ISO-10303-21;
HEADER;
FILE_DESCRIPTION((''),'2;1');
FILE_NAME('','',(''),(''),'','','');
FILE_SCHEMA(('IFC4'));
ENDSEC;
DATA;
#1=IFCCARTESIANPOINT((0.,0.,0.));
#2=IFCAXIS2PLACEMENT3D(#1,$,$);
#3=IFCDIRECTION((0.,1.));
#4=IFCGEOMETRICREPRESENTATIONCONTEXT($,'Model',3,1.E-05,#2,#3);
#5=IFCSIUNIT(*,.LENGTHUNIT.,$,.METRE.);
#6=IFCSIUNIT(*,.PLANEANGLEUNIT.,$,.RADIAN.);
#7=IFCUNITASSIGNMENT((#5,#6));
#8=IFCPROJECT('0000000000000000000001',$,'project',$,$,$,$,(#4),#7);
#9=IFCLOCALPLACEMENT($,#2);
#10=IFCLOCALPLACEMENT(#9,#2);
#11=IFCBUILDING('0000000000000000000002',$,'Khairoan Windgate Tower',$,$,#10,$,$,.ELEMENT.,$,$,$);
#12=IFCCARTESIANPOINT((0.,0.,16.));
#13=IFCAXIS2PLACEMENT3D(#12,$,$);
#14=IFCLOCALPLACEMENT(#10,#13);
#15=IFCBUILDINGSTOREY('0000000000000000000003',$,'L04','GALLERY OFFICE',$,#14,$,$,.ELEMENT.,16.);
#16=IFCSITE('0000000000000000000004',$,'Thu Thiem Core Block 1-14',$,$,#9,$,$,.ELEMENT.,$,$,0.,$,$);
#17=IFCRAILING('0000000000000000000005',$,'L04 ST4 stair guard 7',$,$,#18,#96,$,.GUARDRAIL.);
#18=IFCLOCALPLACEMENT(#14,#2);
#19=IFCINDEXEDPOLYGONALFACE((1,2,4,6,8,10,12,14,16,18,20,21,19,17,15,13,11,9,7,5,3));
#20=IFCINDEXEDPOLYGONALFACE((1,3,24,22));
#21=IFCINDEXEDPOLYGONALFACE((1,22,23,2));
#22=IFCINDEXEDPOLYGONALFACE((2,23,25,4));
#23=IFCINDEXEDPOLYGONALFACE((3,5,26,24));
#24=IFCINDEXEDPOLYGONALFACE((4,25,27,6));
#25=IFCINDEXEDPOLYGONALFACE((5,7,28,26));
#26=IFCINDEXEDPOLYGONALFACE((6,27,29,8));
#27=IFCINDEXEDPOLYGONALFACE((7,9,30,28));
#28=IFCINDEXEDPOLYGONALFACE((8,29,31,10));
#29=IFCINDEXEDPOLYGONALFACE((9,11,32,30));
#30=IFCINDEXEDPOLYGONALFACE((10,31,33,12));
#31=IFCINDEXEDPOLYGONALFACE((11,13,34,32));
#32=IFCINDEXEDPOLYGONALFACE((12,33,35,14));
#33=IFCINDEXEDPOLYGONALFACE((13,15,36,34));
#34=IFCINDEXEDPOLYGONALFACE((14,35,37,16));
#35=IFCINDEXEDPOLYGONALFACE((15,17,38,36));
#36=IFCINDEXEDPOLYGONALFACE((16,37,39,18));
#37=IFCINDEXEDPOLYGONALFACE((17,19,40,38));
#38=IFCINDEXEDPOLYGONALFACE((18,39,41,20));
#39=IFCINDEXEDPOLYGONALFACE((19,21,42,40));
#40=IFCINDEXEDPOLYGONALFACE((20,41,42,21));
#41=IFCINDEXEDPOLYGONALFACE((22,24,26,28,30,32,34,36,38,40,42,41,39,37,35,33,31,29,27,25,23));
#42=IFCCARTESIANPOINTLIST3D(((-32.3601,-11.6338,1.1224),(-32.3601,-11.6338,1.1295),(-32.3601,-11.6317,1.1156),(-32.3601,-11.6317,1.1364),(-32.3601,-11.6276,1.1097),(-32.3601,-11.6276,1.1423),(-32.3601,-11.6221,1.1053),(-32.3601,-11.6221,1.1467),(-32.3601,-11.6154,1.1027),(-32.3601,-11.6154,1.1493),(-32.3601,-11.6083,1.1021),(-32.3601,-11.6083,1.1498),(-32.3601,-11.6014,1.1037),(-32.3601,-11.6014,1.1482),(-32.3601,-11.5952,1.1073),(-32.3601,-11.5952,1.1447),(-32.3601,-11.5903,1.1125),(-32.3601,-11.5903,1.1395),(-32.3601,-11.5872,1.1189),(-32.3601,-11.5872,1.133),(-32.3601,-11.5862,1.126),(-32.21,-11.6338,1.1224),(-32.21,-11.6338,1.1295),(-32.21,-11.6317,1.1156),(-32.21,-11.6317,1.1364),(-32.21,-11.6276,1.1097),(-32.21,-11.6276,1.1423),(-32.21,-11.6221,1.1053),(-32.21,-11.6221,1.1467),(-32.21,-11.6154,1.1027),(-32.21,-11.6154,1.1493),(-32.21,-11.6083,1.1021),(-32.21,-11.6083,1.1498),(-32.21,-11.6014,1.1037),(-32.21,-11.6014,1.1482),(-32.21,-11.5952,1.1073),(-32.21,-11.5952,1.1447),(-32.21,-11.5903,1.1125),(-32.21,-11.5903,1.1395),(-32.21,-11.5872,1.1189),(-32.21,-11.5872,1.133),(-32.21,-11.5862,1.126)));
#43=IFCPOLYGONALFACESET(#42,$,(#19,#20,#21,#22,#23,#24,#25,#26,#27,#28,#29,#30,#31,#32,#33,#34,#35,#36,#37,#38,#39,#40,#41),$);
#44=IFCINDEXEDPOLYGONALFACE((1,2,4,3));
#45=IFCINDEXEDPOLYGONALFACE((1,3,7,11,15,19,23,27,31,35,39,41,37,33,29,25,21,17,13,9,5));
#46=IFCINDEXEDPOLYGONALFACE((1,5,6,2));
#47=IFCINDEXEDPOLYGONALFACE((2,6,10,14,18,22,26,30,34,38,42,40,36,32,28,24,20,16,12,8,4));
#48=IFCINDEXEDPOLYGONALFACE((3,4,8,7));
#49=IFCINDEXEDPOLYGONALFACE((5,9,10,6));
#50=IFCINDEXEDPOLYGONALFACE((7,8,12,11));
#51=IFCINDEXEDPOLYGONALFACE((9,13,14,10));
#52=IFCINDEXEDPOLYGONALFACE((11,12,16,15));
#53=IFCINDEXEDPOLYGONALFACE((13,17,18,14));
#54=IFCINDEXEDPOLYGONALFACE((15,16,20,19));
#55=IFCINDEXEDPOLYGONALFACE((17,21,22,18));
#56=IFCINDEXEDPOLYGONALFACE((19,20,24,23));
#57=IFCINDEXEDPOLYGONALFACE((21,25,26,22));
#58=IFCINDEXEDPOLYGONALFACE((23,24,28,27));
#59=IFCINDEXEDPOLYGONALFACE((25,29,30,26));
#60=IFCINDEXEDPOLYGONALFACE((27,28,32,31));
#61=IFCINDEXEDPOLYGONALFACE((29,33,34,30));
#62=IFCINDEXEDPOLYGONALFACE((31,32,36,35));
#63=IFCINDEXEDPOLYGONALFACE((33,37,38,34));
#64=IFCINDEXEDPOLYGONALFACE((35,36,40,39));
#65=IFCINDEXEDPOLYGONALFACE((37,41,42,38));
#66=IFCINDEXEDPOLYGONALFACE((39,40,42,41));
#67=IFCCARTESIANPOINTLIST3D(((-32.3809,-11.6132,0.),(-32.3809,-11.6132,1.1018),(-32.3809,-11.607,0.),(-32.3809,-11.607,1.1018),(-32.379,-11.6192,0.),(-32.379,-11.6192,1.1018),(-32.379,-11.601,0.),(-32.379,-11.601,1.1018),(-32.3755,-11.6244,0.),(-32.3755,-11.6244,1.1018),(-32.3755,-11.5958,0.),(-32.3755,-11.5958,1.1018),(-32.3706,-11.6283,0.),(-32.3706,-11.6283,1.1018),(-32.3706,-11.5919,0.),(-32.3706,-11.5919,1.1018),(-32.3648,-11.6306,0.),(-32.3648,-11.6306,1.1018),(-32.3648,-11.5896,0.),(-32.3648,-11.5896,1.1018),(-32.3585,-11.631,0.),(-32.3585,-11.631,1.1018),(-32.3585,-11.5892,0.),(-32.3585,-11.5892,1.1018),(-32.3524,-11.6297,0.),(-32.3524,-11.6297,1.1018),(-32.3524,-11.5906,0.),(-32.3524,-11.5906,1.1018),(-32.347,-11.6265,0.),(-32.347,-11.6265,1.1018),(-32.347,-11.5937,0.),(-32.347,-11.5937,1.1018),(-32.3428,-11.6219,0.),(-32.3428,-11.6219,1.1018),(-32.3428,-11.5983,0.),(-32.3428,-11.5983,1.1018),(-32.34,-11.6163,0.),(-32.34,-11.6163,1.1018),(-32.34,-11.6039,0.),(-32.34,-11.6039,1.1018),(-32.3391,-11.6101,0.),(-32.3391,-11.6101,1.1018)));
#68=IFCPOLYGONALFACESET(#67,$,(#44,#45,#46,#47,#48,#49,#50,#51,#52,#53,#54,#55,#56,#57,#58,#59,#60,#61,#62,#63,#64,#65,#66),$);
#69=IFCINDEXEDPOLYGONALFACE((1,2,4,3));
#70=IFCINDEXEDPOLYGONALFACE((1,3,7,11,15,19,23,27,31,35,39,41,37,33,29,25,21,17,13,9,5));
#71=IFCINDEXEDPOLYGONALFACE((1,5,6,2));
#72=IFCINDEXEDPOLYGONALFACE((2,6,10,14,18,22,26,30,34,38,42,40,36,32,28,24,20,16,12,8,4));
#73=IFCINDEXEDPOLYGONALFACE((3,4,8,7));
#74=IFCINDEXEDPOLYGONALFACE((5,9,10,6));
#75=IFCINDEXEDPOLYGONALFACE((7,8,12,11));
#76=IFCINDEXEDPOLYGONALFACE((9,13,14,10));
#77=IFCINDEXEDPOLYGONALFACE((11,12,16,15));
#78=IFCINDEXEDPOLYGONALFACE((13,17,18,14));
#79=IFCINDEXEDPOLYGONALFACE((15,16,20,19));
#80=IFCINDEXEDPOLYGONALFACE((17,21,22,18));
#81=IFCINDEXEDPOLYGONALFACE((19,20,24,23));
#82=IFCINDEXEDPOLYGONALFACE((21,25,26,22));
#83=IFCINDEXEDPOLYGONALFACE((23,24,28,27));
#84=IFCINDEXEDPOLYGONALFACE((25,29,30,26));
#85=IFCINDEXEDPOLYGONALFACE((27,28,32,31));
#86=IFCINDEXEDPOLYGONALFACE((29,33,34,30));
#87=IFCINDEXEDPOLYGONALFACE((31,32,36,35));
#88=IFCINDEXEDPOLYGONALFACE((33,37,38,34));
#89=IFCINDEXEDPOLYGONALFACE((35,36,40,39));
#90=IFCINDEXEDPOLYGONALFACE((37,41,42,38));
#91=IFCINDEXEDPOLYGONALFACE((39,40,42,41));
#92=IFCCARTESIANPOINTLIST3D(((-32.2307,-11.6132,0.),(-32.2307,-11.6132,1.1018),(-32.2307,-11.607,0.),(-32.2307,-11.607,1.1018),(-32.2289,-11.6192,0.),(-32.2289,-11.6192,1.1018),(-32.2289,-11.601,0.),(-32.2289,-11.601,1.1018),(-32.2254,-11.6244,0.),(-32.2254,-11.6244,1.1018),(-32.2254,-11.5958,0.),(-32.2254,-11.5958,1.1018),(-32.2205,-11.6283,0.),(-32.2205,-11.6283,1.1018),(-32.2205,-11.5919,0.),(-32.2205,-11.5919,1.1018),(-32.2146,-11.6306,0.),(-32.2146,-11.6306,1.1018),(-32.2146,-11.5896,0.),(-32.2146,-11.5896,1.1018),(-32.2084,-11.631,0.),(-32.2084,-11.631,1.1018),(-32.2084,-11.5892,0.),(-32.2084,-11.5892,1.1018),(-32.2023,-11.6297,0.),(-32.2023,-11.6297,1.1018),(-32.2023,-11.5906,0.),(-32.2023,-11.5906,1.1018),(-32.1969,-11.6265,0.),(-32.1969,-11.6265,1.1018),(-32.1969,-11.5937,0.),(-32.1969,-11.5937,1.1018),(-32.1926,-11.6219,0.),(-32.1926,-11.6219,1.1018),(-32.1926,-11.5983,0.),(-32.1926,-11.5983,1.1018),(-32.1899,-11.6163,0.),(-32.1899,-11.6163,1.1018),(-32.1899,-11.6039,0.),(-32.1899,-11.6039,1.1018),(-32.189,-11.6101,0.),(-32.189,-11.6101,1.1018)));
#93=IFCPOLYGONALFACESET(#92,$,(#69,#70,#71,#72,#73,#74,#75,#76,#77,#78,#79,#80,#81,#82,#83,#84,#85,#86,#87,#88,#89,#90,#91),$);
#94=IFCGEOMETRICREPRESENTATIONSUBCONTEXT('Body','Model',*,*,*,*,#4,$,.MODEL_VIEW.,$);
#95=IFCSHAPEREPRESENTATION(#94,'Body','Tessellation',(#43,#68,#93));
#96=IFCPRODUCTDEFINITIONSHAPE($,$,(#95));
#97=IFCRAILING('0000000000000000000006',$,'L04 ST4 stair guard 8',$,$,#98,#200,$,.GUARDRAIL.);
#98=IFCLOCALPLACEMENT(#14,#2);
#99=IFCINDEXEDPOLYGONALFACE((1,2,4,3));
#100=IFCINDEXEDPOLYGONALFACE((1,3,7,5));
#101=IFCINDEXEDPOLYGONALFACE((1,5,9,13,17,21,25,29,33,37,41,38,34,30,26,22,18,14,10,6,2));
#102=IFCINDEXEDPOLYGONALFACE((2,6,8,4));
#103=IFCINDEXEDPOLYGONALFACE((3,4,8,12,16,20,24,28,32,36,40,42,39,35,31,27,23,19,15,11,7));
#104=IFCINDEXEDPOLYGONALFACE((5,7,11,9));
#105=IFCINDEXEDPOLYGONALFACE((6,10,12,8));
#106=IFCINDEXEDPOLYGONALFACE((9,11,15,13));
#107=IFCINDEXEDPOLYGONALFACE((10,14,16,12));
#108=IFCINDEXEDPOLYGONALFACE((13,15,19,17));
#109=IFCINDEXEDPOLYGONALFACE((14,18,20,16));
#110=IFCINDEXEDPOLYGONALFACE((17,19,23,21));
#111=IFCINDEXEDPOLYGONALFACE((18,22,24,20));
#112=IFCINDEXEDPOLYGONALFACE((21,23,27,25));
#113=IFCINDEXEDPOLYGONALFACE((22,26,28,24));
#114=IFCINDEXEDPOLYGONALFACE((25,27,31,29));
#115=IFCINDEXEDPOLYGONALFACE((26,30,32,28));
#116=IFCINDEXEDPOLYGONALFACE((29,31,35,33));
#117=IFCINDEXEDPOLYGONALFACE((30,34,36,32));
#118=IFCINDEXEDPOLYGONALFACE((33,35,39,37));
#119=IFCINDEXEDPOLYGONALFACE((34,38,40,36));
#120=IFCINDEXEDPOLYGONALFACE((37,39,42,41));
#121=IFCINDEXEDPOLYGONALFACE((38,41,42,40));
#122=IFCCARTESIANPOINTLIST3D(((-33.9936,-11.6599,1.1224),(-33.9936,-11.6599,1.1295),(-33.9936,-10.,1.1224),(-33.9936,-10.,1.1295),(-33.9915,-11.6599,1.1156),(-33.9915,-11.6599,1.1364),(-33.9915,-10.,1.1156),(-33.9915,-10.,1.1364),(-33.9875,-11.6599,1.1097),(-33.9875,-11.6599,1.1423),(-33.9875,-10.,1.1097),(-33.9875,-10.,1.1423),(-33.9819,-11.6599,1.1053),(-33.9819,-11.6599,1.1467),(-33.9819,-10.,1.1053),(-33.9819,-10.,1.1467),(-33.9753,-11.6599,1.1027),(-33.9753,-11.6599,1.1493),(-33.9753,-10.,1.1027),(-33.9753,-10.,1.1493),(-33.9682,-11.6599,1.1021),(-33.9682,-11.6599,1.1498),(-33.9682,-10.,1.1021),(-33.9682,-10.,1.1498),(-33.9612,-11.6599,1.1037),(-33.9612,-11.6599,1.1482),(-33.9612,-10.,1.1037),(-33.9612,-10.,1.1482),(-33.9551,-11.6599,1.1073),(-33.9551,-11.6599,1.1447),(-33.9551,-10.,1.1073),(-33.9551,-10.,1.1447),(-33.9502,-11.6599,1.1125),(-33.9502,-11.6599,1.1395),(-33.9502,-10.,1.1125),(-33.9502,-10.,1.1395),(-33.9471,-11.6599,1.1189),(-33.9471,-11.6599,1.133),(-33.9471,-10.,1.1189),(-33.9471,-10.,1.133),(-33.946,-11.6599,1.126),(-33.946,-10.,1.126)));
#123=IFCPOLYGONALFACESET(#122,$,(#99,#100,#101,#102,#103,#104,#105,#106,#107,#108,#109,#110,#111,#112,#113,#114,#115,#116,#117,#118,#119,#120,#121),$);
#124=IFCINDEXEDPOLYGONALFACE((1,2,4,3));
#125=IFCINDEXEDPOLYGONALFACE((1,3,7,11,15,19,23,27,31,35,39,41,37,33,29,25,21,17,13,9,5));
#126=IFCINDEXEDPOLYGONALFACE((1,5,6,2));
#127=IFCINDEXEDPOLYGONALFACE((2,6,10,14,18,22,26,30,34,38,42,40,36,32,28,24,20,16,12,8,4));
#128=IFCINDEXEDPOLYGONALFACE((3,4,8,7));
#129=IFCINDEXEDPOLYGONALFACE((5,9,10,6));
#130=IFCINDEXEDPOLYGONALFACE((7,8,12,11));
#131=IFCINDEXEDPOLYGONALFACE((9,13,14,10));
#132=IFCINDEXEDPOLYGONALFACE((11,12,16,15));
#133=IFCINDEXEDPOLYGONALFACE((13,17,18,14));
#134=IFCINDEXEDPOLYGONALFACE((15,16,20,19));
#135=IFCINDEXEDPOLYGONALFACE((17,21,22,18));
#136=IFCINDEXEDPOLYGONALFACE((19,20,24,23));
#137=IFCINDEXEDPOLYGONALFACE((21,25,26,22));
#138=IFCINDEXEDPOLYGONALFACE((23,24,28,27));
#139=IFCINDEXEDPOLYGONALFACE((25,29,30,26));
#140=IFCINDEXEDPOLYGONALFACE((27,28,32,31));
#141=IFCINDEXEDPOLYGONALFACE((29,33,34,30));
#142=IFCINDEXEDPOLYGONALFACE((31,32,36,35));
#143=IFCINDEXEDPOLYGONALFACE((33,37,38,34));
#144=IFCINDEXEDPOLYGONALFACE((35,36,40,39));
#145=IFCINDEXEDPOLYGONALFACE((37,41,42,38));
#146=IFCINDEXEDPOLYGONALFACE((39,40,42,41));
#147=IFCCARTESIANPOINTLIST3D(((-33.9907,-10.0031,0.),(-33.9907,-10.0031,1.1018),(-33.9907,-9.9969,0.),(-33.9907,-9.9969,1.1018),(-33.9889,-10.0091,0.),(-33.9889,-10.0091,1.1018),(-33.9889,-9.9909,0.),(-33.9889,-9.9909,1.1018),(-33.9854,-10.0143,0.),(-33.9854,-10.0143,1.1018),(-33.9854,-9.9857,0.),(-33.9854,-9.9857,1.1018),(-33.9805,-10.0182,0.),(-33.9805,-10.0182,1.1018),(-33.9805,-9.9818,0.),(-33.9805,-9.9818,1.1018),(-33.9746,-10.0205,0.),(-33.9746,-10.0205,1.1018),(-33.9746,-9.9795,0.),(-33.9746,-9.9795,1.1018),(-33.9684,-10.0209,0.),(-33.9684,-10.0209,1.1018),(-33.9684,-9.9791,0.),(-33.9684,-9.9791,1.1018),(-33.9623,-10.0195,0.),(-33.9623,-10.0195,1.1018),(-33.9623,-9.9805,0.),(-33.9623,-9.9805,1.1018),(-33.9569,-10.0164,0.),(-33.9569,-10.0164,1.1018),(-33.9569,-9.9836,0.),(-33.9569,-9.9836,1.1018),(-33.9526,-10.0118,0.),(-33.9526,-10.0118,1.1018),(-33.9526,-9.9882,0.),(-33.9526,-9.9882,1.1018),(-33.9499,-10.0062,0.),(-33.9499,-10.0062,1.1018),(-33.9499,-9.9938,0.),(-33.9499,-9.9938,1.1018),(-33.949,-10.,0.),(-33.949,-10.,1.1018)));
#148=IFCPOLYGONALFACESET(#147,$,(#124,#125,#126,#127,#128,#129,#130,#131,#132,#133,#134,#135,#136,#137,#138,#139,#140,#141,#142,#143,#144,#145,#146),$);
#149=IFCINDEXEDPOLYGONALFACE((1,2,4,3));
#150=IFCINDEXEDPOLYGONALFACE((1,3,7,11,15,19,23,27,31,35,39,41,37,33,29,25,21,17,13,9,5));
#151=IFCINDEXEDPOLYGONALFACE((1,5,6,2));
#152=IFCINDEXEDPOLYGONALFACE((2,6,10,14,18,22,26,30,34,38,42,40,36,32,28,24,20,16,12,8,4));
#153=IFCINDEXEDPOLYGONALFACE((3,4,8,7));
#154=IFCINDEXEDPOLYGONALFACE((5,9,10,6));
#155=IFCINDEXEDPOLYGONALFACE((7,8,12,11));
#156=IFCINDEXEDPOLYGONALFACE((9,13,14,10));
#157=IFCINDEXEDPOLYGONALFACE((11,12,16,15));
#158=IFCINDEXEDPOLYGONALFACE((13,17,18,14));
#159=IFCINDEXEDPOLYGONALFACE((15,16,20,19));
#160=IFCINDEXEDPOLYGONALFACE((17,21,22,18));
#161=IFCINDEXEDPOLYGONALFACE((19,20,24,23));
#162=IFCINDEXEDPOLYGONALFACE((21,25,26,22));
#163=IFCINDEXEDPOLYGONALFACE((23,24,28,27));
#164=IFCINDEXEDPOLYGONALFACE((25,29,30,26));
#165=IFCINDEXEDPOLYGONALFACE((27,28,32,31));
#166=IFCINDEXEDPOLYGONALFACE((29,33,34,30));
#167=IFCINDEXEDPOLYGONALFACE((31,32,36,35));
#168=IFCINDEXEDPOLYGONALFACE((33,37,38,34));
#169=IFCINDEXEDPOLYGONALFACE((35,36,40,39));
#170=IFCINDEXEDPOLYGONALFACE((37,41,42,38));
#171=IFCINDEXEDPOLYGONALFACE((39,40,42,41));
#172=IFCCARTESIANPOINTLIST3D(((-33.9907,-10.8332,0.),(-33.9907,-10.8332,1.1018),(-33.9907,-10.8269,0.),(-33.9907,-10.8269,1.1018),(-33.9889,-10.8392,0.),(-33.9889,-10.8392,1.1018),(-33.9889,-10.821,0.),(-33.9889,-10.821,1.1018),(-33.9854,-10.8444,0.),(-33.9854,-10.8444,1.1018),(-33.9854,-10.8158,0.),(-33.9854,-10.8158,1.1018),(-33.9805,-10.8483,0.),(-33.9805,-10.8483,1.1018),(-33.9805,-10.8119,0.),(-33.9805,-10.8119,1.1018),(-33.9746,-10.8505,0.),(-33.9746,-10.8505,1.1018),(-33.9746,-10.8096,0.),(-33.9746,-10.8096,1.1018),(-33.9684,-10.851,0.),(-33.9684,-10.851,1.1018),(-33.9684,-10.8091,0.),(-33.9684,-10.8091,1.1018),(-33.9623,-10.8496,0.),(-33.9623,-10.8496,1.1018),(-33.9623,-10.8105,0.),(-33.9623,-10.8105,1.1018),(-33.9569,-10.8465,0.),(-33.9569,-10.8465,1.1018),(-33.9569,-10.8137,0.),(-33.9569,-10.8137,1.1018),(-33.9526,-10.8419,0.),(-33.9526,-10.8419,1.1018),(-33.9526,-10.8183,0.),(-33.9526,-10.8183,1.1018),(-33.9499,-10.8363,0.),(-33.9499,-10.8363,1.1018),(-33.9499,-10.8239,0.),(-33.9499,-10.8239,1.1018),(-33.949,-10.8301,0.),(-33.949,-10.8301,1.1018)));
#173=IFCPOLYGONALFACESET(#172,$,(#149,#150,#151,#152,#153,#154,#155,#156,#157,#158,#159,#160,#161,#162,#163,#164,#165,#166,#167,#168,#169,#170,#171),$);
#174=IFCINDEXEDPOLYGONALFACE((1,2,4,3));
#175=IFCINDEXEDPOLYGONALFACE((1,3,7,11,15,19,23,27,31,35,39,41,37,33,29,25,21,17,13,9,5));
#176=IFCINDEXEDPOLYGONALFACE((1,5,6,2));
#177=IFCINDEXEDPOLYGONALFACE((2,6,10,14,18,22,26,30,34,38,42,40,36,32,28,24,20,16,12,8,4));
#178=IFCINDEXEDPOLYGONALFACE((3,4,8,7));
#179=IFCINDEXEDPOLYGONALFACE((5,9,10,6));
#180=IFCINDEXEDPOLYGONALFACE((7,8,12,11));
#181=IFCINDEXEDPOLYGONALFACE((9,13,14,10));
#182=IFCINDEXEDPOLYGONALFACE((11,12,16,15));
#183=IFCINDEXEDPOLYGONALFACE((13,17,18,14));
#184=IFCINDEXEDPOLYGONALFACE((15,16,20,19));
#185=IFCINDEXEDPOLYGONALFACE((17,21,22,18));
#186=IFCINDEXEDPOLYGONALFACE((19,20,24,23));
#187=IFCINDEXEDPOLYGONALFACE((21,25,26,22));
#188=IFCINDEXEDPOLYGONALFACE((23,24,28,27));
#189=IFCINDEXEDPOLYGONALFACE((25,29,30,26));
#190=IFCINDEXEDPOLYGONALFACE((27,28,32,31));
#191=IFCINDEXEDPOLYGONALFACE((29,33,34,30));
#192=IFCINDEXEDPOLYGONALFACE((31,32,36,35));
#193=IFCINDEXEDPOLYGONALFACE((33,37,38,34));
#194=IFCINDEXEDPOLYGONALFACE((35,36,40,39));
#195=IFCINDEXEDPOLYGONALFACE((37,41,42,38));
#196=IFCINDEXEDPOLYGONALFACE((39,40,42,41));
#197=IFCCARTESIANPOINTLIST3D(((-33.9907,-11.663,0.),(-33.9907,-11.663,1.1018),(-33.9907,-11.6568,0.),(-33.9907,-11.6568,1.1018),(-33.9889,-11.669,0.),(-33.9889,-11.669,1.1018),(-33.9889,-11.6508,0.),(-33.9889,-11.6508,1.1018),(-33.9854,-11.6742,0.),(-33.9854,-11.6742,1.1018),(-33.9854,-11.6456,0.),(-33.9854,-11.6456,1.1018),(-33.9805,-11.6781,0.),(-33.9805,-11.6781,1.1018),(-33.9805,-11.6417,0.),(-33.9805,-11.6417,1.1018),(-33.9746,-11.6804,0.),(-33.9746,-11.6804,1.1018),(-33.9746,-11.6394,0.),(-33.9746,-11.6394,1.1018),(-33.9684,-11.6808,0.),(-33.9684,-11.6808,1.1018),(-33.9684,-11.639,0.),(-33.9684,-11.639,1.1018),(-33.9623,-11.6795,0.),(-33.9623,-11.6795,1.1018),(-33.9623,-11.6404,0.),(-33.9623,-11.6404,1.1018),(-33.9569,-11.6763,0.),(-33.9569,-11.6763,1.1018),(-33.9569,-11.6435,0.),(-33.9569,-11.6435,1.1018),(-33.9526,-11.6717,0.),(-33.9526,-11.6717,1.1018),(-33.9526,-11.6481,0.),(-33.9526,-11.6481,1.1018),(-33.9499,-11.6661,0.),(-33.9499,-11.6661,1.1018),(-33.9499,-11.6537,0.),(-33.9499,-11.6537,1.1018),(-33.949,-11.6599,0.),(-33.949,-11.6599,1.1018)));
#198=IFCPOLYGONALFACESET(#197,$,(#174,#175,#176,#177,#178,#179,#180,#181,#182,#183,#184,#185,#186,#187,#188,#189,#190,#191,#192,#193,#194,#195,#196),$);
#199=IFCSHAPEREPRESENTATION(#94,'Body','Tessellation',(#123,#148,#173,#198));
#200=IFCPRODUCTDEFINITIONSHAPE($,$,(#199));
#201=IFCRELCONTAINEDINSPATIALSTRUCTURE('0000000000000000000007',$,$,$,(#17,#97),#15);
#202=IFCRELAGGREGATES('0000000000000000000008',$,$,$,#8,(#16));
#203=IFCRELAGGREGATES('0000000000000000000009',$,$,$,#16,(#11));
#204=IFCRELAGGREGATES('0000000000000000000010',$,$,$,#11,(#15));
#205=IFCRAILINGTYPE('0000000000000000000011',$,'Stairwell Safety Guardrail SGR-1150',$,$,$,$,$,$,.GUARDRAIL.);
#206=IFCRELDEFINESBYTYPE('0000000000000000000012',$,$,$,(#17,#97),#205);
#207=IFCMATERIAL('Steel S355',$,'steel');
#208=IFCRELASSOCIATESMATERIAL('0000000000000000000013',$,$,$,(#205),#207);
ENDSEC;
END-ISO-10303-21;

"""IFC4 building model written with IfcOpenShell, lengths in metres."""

from ifc_helpers import new_model, si_unit, direction, frame, origin, origin_2d, place, context, subcontext, project, spatial, circle, extrude, material, type_object, element, save


model = new_model("IFC4")

# Units and contexts
model_context = context("Model", 3, precision=1e-05, world=origin(), true_north=direction((0.0, 1.0)))
body_context = subcontext(model_context, "Body", "Model", "MODEL_VIEW")
ifc_project = project(units=[si_unit("LENGTHUNIT", "METRE"), si_unit("PLANEANGLEUNIT", "RADIAN")], contexts=[model_context])

# Site, building, storey
site_placement = place(None, origin())
site = spatial("IfcSite", under=ifc_project, at=site_placement, Name="Thu Thiem Core Block 1-14", CompositionType="ELEMENT", RefElevation=0.0)
building_placement = place(site_placement, origin())
building = spatial("IfcBuilding", under=site, at=building_placement, Name="Khairoan Windgate Tower", CompositionType="ELEMENT")
storey_placement = place(building_placement, frame((0.0, 0.0, 16.0)))
storey = spatial("IfcBuildingStorey", under=building, at=storey_placement, Name="L04", Description="GALLERY OFFICE", CompositionType="ELEMENT", Elevation=16.0)

# Railings
ifc_material_1 = material(Name="Steel S355", Category="steel")
railing_type = type_object("IfcRailingType", Name="Stairwell Safety Guardrail SGR-1150", PredefinedType="GUARDRAIL", material=ifc_material_1)
railing_1_placement = place(storey_placement, frame((-32.3601, -11.6101, 0.0)))
element("IfcRailing", 1, at=railing_1_placement, inside=storey, type_object=railing_type, Name="L04 ST4 stair guard 7", PredefinedType="GUARDRAIL", context=body_context, shape_type="SweptSolid", body=[
    extrude(circle(Radius=0.0239, at=origin_2d()), frame((0.0, 0.0, 1.126), z_axis=(1.0, 0.0, 0.0), x_axis=(0.0, 1.0, 0.0)), (0.0, 0.0, 1.0), 0.1501),
    extrude(circle(Radius=0.021, at=origin_2d()), origin(), (0.0, 0.0, 1.0), 1.1018),
    extrude(circle(Radius=0.021, at=origin_2d()), frame((0.1501, 0.0, 0.0)), (0.0, 0.0, 1.0), 1.1018),
])
for number, where, name in (
    (2, (-33.97, -10.0, 0.0), "L04 ST4 stair guard 8"),
):
    element("IfcRailing", number, at=place(storey_placement, frame(where)), inside=storey, type_object=railing_type, Name=name, PredefinedType="GUARDRAIL", context=body_context, shape_type="SweptSolid", body=[
        extrude(circle(Radius=0.0239, at=origin_2d()), frame((0.0, 0.0, 1.126), z_axis=(0.0, -1.0, 0.0), x_axis=(1.0, 0.0, 0.0)), (0.0, 0.0, 1.0), 1.6599),
        extrude(circle(Radius=0.021, at=origin_2d()), origin(), (0.0, 0.0, 1.0), 1.1018),
        extrude(circle(Radius=0.021, at=origin_2d()), frame((0.0, -0.8301, 0.0)), (0.0, 0.0, 1.0), 1.1018),
        extrude(circle(Radius=0.021, at=origin_2d()), frame((0.0, -1.6599, 0.0)), (0.0, 0.0, 1.0), 1.1018),
    ])

save(model, "model.ifc")
